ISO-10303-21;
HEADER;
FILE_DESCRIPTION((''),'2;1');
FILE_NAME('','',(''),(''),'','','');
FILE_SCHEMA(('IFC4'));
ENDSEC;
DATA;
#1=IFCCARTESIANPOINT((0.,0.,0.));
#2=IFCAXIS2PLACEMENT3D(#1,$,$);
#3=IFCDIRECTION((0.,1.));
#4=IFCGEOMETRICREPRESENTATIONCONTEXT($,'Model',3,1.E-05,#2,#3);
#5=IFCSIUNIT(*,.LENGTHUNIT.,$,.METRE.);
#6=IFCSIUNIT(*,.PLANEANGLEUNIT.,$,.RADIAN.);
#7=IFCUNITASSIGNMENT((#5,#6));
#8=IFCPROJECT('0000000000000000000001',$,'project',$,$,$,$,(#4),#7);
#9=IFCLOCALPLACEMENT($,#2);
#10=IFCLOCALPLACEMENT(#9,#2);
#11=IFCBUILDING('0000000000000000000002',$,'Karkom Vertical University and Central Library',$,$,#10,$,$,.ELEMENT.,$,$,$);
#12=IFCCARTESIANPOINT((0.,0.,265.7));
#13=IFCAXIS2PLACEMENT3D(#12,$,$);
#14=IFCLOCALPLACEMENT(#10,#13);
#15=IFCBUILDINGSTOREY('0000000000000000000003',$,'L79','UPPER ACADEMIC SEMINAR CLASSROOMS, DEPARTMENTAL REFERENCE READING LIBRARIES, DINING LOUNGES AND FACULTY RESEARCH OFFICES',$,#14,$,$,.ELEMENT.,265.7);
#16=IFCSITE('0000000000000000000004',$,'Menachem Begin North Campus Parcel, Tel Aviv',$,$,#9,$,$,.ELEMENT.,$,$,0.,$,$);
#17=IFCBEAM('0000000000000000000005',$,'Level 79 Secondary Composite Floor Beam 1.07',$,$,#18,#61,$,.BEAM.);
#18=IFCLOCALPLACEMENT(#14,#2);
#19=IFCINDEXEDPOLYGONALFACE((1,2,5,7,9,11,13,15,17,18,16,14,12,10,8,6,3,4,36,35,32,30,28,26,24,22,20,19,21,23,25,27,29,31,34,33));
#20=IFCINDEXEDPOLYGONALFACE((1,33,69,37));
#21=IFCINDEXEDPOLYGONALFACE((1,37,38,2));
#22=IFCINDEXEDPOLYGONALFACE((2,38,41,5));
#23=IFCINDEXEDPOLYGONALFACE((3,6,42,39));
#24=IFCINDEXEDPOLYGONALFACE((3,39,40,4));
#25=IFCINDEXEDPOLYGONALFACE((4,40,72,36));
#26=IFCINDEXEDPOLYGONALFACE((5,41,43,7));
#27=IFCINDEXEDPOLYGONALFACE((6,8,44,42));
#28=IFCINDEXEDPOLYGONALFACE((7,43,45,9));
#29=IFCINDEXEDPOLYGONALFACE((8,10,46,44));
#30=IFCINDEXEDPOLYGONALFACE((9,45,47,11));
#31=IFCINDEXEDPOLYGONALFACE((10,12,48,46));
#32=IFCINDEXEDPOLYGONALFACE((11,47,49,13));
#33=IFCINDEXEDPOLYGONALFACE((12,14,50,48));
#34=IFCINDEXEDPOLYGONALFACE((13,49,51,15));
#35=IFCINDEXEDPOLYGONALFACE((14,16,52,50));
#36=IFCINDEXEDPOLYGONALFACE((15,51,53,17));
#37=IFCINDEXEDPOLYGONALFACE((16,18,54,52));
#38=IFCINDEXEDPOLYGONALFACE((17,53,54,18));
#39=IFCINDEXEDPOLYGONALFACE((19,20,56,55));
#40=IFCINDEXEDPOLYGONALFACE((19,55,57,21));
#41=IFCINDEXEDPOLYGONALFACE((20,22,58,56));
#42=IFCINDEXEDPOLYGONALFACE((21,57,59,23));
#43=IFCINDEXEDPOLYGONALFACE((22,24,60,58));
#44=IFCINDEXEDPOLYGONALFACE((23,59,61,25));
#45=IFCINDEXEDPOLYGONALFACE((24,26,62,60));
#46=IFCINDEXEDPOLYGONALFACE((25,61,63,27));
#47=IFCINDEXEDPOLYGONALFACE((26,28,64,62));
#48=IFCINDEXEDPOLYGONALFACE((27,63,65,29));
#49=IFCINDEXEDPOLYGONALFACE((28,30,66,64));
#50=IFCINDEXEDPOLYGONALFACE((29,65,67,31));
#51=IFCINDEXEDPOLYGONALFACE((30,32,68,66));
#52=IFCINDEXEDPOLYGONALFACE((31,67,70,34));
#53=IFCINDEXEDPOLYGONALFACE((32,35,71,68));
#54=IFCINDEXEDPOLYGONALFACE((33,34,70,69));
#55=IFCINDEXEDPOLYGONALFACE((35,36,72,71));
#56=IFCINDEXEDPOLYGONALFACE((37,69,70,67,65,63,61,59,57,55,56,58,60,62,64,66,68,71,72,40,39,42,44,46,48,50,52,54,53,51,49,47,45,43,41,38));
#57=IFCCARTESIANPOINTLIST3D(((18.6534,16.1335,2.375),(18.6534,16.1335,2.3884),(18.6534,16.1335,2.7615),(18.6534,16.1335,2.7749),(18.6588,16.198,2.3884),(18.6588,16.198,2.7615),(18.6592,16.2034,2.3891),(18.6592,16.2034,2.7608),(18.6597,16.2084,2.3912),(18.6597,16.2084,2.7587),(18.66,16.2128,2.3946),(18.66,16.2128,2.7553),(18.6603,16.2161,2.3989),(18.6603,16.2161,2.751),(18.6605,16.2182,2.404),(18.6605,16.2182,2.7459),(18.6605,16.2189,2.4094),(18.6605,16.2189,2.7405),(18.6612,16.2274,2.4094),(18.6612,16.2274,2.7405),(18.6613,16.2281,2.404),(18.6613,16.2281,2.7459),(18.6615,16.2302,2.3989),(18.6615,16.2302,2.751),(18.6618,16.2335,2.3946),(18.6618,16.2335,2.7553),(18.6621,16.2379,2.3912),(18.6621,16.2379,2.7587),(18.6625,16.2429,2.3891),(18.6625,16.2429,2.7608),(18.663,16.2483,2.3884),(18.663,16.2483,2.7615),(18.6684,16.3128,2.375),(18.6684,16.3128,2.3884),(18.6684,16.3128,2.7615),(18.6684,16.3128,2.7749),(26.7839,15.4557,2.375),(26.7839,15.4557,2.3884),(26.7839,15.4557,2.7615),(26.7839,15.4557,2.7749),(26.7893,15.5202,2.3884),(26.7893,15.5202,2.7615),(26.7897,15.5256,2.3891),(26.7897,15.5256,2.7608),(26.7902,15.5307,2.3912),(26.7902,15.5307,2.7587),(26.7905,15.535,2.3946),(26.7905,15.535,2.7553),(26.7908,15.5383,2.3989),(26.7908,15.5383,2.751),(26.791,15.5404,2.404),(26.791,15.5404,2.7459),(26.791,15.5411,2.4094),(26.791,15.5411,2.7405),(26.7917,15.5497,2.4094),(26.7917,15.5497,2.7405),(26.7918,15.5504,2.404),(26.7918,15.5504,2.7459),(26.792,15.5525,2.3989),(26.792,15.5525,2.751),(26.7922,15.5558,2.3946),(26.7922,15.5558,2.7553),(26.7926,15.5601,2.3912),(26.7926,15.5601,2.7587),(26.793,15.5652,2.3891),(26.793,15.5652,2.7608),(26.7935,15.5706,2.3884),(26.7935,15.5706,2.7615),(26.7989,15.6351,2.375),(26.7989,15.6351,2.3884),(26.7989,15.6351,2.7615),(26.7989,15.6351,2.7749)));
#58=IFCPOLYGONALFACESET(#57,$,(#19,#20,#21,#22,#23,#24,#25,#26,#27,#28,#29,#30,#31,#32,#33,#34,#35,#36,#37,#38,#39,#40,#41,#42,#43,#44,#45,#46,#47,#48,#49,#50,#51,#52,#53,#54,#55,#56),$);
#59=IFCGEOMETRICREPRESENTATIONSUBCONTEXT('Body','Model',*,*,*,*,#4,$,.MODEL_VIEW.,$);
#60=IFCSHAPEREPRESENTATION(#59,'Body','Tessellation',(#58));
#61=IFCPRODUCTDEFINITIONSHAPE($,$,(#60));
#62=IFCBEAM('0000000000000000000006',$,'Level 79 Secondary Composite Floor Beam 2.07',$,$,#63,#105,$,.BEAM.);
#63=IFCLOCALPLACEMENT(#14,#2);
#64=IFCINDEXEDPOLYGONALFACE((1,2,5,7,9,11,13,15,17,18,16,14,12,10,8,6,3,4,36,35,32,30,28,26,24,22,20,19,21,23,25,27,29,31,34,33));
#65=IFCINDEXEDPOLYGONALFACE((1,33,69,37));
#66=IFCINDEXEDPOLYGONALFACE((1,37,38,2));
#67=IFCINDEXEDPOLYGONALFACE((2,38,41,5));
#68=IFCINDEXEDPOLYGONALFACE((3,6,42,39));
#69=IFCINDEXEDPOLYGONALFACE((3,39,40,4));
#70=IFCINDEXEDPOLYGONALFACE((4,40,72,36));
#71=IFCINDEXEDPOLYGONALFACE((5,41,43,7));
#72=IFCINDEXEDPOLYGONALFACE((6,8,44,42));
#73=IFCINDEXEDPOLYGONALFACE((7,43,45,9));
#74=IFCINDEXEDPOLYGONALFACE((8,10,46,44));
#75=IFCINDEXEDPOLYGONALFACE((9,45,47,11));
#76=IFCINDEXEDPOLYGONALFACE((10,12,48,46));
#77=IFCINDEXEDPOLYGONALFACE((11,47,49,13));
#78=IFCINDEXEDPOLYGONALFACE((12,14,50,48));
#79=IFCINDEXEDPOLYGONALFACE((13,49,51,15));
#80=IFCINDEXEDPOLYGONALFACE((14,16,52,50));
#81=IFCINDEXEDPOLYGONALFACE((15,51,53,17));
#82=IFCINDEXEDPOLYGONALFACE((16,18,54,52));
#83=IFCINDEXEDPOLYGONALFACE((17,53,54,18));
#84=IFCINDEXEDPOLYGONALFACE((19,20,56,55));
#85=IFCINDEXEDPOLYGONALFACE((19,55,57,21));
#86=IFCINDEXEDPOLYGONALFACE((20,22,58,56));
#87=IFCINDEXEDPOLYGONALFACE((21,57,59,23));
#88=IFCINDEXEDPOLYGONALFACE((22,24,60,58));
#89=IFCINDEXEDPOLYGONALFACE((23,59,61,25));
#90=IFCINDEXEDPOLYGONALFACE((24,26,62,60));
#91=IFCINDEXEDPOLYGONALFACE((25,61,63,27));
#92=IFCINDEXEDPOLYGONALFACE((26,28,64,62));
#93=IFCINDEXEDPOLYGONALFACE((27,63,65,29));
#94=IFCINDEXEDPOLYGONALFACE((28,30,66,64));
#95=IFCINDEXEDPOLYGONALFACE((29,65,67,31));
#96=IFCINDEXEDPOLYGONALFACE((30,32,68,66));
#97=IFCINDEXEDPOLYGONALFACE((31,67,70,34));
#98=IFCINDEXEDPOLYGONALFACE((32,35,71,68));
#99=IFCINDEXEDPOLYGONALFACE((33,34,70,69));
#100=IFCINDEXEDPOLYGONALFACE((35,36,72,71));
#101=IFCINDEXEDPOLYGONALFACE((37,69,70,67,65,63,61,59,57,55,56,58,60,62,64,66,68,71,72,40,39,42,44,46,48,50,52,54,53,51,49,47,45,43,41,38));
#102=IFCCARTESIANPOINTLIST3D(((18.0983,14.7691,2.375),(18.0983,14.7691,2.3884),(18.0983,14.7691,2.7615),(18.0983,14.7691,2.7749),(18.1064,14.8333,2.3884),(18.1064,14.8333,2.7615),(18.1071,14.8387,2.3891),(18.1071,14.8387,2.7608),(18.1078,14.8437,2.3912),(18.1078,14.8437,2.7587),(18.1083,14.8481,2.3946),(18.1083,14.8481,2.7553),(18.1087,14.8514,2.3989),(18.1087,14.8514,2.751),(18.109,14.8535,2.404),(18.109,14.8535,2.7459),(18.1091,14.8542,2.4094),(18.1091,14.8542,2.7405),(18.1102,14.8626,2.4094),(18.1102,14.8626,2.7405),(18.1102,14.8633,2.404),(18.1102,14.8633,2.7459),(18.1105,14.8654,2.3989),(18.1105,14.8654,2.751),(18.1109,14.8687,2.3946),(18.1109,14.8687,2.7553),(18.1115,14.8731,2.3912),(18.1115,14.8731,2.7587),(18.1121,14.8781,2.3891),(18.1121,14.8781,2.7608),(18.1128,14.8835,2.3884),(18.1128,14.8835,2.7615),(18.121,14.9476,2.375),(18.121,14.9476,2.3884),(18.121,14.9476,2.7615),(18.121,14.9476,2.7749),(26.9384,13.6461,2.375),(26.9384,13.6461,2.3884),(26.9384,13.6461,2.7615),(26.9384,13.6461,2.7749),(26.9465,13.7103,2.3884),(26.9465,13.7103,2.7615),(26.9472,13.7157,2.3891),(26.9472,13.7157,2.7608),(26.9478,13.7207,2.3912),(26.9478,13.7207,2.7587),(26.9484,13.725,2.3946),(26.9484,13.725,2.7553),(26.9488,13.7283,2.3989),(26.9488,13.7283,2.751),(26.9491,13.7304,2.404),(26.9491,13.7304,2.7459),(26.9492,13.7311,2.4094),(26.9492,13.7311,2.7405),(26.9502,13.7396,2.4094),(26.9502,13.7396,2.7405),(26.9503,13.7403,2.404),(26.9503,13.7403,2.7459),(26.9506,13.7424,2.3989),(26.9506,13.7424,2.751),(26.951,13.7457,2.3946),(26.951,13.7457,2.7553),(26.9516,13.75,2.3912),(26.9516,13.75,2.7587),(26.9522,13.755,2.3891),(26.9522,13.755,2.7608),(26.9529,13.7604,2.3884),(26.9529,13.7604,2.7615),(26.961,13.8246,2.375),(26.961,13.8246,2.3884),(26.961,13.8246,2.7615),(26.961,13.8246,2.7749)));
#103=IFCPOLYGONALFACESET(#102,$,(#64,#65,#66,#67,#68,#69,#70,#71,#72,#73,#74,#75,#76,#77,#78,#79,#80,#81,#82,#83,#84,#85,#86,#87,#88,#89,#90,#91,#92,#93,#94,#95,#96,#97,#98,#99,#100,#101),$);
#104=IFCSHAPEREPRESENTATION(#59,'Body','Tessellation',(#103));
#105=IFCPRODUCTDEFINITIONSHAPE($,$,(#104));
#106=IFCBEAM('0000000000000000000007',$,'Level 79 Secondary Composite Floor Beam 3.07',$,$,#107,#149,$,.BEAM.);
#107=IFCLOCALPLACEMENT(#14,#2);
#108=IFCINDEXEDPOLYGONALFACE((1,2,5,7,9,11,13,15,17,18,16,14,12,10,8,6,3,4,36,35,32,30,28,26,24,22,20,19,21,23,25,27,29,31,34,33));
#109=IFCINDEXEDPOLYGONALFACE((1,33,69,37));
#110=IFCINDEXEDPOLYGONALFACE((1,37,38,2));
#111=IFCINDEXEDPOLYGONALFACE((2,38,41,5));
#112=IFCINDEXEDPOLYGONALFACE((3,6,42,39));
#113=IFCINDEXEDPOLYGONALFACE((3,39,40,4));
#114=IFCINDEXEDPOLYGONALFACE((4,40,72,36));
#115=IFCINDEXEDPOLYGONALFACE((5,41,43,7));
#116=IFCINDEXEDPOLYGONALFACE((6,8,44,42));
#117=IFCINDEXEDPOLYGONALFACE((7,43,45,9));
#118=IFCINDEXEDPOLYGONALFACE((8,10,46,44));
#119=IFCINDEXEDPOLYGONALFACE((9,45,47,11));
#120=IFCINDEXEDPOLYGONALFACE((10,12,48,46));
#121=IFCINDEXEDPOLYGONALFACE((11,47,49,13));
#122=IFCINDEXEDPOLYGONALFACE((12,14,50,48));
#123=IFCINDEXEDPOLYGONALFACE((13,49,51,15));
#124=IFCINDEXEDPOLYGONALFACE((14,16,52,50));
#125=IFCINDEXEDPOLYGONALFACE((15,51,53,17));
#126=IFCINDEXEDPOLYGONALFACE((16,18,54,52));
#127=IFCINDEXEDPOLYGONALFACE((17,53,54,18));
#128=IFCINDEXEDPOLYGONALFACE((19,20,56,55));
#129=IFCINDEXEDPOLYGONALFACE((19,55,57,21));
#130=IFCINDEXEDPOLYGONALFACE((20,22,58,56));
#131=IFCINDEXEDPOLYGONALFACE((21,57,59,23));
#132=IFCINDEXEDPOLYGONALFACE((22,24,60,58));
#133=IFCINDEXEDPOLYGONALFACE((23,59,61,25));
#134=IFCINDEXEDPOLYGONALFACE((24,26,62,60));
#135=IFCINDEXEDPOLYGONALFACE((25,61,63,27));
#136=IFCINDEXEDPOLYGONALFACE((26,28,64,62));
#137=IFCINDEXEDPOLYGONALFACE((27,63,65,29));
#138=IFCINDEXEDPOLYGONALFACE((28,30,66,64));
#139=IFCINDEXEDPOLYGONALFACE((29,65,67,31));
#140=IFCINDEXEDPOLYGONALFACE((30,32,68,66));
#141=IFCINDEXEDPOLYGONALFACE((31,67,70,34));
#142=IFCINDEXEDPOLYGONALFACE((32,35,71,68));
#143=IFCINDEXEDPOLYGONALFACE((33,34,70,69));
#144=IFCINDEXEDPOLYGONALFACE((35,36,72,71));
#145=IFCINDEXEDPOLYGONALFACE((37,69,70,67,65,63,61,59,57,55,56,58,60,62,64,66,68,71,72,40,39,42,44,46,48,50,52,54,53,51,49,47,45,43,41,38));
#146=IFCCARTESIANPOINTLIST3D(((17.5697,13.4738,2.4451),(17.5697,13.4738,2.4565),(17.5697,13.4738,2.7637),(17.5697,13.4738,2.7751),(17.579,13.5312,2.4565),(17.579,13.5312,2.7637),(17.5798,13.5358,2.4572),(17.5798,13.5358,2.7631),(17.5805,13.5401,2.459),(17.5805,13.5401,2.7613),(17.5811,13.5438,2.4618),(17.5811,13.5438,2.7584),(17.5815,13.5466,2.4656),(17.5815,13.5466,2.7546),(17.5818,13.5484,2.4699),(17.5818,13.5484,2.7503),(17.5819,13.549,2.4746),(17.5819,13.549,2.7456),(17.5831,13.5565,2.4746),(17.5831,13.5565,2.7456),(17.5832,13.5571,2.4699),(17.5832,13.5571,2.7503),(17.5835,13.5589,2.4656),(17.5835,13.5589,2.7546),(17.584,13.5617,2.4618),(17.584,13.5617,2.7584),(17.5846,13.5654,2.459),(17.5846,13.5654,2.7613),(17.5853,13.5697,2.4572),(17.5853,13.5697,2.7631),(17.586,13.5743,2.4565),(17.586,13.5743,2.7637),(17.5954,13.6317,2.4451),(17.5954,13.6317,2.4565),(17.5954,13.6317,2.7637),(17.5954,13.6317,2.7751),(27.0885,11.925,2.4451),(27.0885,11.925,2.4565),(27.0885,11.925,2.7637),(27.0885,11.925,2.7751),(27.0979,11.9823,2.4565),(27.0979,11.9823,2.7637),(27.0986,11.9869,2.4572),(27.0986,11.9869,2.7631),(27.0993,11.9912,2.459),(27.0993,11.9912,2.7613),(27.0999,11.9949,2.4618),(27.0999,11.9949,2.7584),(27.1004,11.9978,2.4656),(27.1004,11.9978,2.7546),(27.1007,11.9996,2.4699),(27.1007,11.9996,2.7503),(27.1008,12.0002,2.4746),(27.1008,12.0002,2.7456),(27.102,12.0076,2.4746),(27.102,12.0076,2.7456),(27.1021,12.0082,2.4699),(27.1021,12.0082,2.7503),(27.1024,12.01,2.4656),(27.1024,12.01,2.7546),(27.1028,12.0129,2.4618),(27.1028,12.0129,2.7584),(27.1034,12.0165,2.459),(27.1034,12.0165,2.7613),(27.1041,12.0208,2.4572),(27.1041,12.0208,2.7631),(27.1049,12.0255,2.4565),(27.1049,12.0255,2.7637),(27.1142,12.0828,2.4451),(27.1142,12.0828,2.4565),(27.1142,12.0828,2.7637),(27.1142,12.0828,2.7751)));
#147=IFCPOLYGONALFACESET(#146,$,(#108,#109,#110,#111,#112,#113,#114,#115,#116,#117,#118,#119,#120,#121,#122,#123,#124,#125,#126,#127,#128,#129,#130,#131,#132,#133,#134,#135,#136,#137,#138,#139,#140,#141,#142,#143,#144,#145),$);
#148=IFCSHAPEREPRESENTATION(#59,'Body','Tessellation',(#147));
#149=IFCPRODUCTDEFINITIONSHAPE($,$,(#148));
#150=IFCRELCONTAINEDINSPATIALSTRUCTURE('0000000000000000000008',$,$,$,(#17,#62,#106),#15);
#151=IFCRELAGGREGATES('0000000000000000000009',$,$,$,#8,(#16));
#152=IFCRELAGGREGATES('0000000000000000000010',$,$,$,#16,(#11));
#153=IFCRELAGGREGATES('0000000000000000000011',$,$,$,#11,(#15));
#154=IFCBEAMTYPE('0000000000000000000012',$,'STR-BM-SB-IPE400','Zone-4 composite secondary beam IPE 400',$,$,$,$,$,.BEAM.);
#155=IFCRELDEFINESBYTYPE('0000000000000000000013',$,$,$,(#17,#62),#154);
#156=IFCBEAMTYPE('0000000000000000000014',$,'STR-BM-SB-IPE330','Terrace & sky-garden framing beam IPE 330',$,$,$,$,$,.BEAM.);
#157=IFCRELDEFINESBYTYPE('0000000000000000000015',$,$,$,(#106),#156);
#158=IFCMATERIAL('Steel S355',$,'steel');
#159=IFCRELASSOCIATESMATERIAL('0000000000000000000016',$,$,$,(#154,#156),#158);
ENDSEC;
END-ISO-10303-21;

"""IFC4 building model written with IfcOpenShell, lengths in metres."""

from ifc_helpers import new_model, si_unit, direction, frame, origin, origin_with_axes, origin_2d, place, context, subcontext, project, spatial, i_section, extrude, source, transform, mapped, material, material_profile, profile_set, type_object, element, save


model = new_model("IFC4")

# Units and contexts
model_context = context("Model", 3, precision=1e-05, world=origin(), true_north=direction((0.0, 1.0)))
body_context = subcontext(model_context, "Body", "Model", "MODEL_VIEW")
ifc_project = project(units=[si_unit("LENGTHUNIT", "METRE"), si_unit("PLANEANGLEUNIT", "RADIAN")], contexts=[model_context])

# Site, building, storey
site_placement = place(None, origin())
site = spatial("IfcSite", under=ifc_project, at=site_placement, Name="Menachem Begin North Campus Parcel, Tel Aviv", CompositionType="ELEMENT", RefElevation=0.0)
building_placement = place(site_placement, origin())
building = spatial("IfcBuilding", under=site, at=building_placement, Name="Karkom Vertical University and Central Library", CompositionType="ELEMENT")
storey_placement = place(building_placement, frame((0.0, 0.0, 265.7)))
storey = spatial("IfcBuildingStorey", under=building, at=storey_placement, Name="L79", Description="UPPER ACADEMIC SEMINAR CLASSROOMS, DEPARTMENTAL REFERENCE READING LIBRARIES, DINING LOUNGES AND FACULTY RESEARCH OFFICES", CompositionType="ELEMENT", Elevation=265.7)

# Beams
ifc_material_1 = material(Name="Steel S355", Category="steel")
ifc_material_profile_1 = material_profile(ifc_material_1, i_section(OverallWidth=0.1799, OverallDepth=0.3999, WebThickness=0.0085, FlangeThickness=0.0134, FilletRadius=0.021, at=origin_2d()), Name="IPE 400")
ifc_profile_set_1 = profile_set([ifc_material_profile_1], Name="Steel S355")
beam_type_1 = type_object("IfcBeamType", Name="STR-BM-SB-IPE400", Description="Zone-4 composite secondary beam IPE 400", PredefinedType="BEAM", material=ifc_profile_set_1)
shared_shape_1 = source(origin_with_axes(), body_context, "Body", "SweptSolid", [
    extrude(i_section(OverallWidth=0.1799, OverallDepth=0.3999, WebThickness=0.0085, FlangeThickness=0.0134, FilletRadius=0.021, at=origin_2d()), origin(), (0.0, 0.0, 1.0), 8.1587),
])
beam_1_placement = place(storey_placement, frame((18.6609, 16.2231, 2.575), z_axis=(0.996544, -0.08307, 0.0), x_axis=(0.08307, 0.996544, 0.0)))
element("IfcBeam", 1, at=beam_1_placement, inside=storey, type_object=beam_type_1, Name="Level 79 Secondary Composite Floor Beam 1.07", PredefinedType="BEAM", context=body_context, shape_type="MappedRepresentation", body=[
    mapped(shared_shape_1, transform((0.0, 0.0, 0.0), scale=1.0)),
])
shared_shape_2 = source(origin_with_axes(), body_context, "Body", "SweptSolid", [
    extrude(i_section(OverallWidth=0.1799, OverallDepth=0.3999, WebThickness=0.0085, FlangeThickness=0.0134, FilletRadius=0.021, at=origin_2d()), origin(), (0.0, 0.0, 1.0), 8.9111),
])
beam_2_placement = place(storey_placement, frame((18.1096, 14.8584, 2.575), z_axis=(0.992027, -0.126027, 0.0), x_axis=(0.126027, 0.992027, 0.0)))
element("IfcBeam", 2, at=beam_2_placement, inside=storey, type_object=beam_type_1, Name="Level 79 Secondary Composite Floor Beam 2.07", PredefinedType="BEAM", context=body_context, shape_type="MappedRepresentation", body=[
    mapped(shared_shape_2, transform((0.0, 0.0, 0.0), scale=1.0)),
])
ifc_material_profile_2 = material_profile(ifc_material_1, i_section(OverallWidth=0.1599, OverallDepth=0.3301, WebThickness=0.0076, FlangeThickness=0.0115, FilletRadius=0.0181, at=origin_2d()), Name="IPE 330")
ifc_profile_set_2 = profile_set([ifc_material_profile_2], Name="Steel S355")
beam_type_2 = type_object("IfcBeamType", Name="STR-BM-SB-IPE330", Description="Terrace & sky-garden framing beam IPE 330", PredefinedType="BEAM", material=ifc_profile_set_2)
shared_shape_3 = source(origin_with_axes(), body_context, "Body", "SweptSolid", [
    extrude(i_section(OverallWidth=0.1599, OverallDepth=0.3301, WebThickness=0.0076, FlangeThickness=0.0115, FilletRadius=0.0181, at=origin_2d()), origin(), (0.0, 0.0, 1.0), 9.644),
])
beam_3_placement = place(storey_placement, frame((17.5825, 13.5527, 2.6101), z_axis=(0.987019, -0.1606, 0.0), x_axis=(0.1606, 0.987019, 0.0)))
element("IfcBeam", 3, at=beam_3_placement, inside=storey, type_object=beam_type_2, Name="Level 79 Secondary Composite Floor Beam 3.07", PredefinedType="BEAM", context=body_context, shape_type="MappedRepresentation", body=[
    mapped(shared_shape_3, transform((0.0, 0.0, 0.0), scale=1.0)),
])

save(model, "model.ifc")
